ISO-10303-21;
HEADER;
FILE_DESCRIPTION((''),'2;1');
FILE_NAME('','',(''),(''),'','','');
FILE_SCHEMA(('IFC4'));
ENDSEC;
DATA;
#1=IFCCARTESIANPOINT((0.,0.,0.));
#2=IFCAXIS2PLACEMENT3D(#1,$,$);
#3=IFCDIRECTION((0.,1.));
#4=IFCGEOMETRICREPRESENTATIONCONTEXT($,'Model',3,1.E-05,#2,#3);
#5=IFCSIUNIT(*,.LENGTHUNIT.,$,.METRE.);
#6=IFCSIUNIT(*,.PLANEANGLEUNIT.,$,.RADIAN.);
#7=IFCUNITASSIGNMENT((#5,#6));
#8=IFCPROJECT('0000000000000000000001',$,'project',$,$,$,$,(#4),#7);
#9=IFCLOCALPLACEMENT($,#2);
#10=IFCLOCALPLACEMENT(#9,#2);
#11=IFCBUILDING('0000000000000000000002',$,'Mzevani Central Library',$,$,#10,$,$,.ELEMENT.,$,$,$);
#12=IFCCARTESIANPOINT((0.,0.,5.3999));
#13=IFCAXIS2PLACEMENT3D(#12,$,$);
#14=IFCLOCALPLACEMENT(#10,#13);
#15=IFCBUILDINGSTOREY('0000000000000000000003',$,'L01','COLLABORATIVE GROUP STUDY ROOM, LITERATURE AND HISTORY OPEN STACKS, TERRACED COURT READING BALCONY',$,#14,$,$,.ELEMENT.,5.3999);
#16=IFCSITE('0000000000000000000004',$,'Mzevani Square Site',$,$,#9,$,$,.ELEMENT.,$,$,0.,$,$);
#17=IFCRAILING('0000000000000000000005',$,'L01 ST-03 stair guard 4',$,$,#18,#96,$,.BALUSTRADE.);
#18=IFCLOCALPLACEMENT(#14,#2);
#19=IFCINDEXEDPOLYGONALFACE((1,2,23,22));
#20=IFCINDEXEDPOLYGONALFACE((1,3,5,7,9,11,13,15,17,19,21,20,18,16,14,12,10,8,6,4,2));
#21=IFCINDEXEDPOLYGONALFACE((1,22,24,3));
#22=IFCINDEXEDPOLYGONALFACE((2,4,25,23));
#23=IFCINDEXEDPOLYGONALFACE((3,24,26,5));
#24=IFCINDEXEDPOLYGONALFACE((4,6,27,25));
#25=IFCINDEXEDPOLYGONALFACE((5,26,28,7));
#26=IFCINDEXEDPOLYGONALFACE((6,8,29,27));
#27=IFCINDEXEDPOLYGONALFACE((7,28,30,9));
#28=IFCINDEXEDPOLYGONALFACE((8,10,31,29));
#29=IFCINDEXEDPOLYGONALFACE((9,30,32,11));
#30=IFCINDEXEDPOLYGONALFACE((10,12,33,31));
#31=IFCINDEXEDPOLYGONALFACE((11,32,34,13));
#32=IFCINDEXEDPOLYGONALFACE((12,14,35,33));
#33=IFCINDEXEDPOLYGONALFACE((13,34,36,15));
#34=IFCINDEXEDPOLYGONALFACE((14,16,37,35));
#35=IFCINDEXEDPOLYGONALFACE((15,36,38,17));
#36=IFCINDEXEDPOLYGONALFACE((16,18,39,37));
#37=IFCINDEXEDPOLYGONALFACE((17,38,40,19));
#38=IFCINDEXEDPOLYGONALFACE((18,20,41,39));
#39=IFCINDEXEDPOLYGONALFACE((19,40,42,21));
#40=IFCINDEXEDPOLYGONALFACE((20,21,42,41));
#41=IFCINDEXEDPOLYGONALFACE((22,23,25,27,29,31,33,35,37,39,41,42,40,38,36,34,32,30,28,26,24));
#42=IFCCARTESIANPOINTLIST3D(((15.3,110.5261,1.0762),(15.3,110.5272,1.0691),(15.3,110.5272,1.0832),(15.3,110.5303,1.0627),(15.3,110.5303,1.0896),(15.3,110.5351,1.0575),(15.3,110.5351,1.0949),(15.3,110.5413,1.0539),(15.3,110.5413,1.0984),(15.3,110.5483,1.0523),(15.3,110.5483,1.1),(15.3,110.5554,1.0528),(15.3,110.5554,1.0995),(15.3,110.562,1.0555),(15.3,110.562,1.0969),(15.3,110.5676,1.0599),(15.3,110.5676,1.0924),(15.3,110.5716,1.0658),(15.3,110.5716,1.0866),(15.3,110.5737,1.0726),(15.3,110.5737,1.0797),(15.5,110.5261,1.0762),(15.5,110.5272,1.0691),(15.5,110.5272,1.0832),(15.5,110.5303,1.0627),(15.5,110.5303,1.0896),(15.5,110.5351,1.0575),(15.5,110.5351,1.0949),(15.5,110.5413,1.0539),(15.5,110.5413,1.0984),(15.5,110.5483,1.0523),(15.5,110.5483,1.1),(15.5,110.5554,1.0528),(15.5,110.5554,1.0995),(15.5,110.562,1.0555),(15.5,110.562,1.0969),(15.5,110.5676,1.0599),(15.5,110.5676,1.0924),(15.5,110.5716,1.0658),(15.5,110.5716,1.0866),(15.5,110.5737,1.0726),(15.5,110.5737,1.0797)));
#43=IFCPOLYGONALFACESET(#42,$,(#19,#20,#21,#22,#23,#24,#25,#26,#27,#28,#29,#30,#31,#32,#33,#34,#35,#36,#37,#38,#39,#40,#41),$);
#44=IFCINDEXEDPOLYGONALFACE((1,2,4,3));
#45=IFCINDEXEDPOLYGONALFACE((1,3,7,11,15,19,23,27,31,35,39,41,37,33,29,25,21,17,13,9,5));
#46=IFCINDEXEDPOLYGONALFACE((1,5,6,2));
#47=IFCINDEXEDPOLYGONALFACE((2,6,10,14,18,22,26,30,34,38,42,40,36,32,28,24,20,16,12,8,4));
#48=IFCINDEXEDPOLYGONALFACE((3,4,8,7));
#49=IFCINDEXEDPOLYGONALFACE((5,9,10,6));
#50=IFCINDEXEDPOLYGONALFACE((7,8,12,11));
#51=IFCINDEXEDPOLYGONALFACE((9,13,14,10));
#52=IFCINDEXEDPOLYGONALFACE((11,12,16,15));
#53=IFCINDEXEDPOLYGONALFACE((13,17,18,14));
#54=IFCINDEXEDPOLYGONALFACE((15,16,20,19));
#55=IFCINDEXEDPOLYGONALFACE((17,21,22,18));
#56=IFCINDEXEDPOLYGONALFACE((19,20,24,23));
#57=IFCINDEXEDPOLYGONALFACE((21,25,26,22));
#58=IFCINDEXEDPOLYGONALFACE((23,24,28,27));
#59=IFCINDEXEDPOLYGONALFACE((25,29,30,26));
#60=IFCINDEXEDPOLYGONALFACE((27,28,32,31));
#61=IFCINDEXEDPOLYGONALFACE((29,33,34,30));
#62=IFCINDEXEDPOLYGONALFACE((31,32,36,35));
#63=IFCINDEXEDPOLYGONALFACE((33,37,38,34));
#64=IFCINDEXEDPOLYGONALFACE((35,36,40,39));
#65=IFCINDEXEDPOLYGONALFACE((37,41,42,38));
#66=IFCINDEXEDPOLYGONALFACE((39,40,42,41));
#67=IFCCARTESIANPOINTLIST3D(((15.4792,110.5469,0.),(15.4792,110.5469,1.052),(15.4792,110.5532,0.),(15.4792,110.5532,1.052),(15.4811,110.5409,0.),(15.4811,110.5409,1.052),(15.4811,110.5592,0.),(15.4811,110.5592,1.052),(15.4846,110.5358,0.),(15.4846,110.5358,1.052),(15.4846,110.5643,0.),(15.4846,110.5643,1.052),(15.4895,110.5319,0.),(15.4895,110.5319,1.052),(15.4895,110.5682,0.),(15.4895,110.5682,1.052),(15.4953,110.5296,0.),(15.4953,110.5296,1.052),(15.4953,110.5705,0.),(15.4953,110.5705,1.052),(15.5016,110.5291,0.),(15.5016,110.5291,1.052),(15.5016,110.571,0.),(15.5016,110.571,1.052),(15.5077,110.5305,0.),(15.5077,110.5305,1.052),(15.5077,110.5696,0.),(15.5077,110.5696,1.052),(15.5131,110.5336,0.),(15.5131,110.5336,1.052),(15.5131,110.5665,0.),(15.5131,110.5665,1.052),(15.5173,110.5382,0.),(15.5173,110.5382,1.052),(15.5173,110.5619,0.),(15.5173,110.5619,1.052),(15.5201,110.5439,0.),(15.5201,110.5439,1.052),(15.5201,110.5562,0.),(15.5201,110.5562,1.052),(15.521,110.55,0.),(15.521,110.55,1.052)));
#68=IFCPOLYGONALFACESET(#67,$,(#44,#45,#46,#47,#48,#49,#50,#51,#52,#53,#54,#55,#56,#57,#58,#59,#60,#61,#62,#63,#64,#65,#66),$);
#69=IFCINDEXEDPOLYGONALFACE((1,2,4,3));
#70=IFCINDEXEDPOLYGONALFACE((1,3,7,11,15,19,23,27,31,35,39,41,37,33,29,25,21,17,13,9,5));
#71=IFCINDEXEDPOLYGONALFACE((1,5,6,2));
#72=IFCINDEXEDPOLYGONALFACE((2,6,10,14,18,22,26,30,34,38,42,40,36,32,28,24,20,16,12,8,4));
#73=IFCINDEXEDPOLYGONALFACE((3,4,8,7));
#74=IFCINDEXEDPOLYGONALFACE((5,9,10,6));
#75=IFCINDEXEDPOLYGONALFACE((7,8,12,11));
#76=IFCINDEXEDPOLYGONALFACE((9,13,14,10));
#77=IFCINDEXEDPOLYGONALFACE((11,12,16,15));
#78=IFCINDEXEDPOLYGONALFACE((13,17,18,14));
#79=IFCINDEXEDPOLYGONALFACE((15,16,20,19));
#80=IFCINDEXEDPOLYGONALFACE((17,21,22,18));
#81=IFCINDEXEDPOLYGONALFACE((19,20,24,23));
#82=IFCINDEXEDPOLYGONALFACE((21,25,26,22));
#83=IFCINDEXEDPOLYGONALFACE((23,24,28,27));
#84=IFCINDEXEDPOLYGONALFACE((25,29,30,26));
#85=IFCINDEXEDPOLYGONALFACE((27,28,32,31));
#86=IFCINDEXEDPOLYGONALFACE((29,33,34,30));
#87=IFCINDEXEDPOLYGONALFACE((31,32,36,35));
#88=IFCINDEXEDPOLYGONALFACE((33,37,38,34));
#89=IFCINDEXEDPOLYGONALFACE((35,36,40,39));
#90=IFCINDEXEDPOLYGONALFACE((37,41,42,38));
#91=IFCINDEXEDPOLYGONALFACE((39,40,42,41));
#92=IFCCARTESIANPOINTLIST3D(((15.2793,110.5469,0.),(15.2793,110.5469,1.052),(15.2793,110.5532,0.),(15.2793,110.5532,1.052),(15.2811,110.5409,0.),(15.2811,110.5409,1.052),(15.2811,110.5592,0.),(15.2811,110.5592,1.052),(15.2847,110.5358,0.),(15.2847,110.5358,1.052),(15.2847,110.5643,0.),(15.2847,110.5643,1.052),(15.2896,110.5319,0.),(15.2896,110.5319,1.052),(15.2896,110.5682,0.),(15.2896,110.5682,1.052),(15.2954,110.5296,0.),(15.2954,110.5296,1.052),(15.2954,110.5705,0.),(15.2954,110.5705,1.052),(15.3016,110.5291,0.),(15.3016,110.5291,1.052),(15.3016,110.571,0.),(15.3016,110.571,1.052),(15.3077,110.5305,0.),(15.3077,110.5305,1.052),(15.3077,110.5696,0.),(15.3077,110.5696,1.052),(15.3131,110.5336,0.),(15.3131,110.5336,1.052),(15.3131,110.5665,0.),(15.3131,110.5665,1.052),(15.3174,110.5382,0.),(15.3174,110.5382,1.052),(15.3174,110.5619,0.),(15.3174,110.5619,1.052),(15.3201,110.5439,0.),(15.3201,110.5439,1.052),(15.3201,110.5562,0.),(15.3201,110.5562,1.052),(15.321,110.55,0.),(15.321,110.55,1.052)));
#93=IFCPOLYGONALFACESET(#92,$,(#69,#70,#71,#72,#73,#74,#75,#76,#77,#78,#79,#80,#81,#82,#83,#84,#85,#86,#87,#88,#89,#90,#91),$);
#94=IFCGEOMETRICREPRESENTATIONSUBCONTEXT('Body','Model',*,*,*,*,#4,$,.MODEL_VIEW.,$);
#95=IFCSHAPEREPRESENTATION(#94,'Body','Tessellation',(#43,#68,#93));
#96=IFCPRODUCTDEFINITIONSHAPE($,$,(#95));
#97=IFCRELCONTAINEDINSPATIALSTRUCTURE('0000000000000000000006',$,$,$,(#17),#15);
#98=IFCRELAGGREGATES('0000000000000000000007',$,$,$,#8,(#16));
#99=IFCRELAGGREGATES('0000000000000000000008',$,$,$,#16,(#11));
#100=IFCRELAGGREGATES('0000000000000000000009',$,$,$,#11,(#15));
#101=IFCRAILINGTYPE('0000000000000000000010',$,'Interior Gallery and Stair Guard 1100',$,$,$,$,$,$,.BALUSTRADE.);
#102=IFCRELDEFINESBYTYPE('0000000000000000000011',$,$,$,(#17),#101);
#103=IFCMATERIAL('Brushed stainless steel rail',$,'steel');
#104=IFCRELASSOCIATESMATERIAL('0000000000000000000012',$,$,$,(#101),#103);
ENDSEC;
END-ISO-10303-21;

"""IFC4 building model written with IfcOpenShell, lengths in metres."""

from ifc_helpers import new_model, si_unit, direction, frame, origin, origin_2d, place, context, subcontext, project, spatial, circle, extrude, material, type_object, element, save


model = new_model("IFC4")

# Units and contexts
model_context = context("Model", 3, precision=1e-05, world=origin(), true_north=direction((0.0, 1.0)))
body_context = subcontext(model_context, "Body", "Model", "MODEL_VIEW")
ifc_project = project(units=[si_unit("LENGTHUNIT", "METRE"), si_unit("PLANEANGLEUNIT", "RADIAN")], contexts=[model_context])

# Site, building, storey
site_placement = place(None, origin())
site = spatial("IfcSite", under=ifc_project, at=site_placement, Name="Mzevani Square Site", CompositionType="ELEMENT", RefElevation=0.0)
building_placement = place(site_placement, origin())
building = spatial("IfcBuilding", under=site, at=building_placement, Name="Mzevani Central Library", CompositionType="ELEMENT")
storey_placement = place(building_placement, frame((0.0, 0.0, 5.3999)))
storey = spatial("IfcBuildingStorey", under=building, at=storey_placement, Name="L01", Description="COLLABORATIVE GROUP STUDY ROOM, LITERATURE AND HISTORY OPEN STACKS, TERRACED COURT READING BALCONY", CompositionType="ELEMENT", Elevation=5.3999)

# Railing
ifc_material_1 = material(Name="Brushed stainless steel rail", Category="steel")
railing_type_1 = type_object("IfcRailingType", Name="Interior Gallery and Stair Guard 1100", PredefinedType="BALUSTRADE", material=ifc_material_1)
railing_1_placement = place(storey_placement, frame((15.5, 110.55, 0.0)))
element("IfcRailing", 1, at=railing_1_placement, inside=storey, type_object=railing_type_1, Name="L01 ST-03 stair guard 4", PredefinedType="BALUSTRADE", context=body_context, shape_type="SweptSolid", body=[
    extrude(circle(Radius=0.0239, at=origin_2d()), frame((0.0, 0.0, 1.0762), z_axis=(-1.0, 0.0, 0.0), x_axis=(0.0, -1.0, 0.0)), (0.0, 0.0, 1.0), 0.2),
    extrude(circle(Radius=0.021, at=origin_2d()), origin(), (0.0, 0.0, 1.0), 1.052),
    extrude(circle(Radius=0.021, at=origin_2d()), frame((-0.2, 0.0, 0.0)), (0.0, 0.0, 1.0), 1.052),
])

save(model, "model.ifc")
